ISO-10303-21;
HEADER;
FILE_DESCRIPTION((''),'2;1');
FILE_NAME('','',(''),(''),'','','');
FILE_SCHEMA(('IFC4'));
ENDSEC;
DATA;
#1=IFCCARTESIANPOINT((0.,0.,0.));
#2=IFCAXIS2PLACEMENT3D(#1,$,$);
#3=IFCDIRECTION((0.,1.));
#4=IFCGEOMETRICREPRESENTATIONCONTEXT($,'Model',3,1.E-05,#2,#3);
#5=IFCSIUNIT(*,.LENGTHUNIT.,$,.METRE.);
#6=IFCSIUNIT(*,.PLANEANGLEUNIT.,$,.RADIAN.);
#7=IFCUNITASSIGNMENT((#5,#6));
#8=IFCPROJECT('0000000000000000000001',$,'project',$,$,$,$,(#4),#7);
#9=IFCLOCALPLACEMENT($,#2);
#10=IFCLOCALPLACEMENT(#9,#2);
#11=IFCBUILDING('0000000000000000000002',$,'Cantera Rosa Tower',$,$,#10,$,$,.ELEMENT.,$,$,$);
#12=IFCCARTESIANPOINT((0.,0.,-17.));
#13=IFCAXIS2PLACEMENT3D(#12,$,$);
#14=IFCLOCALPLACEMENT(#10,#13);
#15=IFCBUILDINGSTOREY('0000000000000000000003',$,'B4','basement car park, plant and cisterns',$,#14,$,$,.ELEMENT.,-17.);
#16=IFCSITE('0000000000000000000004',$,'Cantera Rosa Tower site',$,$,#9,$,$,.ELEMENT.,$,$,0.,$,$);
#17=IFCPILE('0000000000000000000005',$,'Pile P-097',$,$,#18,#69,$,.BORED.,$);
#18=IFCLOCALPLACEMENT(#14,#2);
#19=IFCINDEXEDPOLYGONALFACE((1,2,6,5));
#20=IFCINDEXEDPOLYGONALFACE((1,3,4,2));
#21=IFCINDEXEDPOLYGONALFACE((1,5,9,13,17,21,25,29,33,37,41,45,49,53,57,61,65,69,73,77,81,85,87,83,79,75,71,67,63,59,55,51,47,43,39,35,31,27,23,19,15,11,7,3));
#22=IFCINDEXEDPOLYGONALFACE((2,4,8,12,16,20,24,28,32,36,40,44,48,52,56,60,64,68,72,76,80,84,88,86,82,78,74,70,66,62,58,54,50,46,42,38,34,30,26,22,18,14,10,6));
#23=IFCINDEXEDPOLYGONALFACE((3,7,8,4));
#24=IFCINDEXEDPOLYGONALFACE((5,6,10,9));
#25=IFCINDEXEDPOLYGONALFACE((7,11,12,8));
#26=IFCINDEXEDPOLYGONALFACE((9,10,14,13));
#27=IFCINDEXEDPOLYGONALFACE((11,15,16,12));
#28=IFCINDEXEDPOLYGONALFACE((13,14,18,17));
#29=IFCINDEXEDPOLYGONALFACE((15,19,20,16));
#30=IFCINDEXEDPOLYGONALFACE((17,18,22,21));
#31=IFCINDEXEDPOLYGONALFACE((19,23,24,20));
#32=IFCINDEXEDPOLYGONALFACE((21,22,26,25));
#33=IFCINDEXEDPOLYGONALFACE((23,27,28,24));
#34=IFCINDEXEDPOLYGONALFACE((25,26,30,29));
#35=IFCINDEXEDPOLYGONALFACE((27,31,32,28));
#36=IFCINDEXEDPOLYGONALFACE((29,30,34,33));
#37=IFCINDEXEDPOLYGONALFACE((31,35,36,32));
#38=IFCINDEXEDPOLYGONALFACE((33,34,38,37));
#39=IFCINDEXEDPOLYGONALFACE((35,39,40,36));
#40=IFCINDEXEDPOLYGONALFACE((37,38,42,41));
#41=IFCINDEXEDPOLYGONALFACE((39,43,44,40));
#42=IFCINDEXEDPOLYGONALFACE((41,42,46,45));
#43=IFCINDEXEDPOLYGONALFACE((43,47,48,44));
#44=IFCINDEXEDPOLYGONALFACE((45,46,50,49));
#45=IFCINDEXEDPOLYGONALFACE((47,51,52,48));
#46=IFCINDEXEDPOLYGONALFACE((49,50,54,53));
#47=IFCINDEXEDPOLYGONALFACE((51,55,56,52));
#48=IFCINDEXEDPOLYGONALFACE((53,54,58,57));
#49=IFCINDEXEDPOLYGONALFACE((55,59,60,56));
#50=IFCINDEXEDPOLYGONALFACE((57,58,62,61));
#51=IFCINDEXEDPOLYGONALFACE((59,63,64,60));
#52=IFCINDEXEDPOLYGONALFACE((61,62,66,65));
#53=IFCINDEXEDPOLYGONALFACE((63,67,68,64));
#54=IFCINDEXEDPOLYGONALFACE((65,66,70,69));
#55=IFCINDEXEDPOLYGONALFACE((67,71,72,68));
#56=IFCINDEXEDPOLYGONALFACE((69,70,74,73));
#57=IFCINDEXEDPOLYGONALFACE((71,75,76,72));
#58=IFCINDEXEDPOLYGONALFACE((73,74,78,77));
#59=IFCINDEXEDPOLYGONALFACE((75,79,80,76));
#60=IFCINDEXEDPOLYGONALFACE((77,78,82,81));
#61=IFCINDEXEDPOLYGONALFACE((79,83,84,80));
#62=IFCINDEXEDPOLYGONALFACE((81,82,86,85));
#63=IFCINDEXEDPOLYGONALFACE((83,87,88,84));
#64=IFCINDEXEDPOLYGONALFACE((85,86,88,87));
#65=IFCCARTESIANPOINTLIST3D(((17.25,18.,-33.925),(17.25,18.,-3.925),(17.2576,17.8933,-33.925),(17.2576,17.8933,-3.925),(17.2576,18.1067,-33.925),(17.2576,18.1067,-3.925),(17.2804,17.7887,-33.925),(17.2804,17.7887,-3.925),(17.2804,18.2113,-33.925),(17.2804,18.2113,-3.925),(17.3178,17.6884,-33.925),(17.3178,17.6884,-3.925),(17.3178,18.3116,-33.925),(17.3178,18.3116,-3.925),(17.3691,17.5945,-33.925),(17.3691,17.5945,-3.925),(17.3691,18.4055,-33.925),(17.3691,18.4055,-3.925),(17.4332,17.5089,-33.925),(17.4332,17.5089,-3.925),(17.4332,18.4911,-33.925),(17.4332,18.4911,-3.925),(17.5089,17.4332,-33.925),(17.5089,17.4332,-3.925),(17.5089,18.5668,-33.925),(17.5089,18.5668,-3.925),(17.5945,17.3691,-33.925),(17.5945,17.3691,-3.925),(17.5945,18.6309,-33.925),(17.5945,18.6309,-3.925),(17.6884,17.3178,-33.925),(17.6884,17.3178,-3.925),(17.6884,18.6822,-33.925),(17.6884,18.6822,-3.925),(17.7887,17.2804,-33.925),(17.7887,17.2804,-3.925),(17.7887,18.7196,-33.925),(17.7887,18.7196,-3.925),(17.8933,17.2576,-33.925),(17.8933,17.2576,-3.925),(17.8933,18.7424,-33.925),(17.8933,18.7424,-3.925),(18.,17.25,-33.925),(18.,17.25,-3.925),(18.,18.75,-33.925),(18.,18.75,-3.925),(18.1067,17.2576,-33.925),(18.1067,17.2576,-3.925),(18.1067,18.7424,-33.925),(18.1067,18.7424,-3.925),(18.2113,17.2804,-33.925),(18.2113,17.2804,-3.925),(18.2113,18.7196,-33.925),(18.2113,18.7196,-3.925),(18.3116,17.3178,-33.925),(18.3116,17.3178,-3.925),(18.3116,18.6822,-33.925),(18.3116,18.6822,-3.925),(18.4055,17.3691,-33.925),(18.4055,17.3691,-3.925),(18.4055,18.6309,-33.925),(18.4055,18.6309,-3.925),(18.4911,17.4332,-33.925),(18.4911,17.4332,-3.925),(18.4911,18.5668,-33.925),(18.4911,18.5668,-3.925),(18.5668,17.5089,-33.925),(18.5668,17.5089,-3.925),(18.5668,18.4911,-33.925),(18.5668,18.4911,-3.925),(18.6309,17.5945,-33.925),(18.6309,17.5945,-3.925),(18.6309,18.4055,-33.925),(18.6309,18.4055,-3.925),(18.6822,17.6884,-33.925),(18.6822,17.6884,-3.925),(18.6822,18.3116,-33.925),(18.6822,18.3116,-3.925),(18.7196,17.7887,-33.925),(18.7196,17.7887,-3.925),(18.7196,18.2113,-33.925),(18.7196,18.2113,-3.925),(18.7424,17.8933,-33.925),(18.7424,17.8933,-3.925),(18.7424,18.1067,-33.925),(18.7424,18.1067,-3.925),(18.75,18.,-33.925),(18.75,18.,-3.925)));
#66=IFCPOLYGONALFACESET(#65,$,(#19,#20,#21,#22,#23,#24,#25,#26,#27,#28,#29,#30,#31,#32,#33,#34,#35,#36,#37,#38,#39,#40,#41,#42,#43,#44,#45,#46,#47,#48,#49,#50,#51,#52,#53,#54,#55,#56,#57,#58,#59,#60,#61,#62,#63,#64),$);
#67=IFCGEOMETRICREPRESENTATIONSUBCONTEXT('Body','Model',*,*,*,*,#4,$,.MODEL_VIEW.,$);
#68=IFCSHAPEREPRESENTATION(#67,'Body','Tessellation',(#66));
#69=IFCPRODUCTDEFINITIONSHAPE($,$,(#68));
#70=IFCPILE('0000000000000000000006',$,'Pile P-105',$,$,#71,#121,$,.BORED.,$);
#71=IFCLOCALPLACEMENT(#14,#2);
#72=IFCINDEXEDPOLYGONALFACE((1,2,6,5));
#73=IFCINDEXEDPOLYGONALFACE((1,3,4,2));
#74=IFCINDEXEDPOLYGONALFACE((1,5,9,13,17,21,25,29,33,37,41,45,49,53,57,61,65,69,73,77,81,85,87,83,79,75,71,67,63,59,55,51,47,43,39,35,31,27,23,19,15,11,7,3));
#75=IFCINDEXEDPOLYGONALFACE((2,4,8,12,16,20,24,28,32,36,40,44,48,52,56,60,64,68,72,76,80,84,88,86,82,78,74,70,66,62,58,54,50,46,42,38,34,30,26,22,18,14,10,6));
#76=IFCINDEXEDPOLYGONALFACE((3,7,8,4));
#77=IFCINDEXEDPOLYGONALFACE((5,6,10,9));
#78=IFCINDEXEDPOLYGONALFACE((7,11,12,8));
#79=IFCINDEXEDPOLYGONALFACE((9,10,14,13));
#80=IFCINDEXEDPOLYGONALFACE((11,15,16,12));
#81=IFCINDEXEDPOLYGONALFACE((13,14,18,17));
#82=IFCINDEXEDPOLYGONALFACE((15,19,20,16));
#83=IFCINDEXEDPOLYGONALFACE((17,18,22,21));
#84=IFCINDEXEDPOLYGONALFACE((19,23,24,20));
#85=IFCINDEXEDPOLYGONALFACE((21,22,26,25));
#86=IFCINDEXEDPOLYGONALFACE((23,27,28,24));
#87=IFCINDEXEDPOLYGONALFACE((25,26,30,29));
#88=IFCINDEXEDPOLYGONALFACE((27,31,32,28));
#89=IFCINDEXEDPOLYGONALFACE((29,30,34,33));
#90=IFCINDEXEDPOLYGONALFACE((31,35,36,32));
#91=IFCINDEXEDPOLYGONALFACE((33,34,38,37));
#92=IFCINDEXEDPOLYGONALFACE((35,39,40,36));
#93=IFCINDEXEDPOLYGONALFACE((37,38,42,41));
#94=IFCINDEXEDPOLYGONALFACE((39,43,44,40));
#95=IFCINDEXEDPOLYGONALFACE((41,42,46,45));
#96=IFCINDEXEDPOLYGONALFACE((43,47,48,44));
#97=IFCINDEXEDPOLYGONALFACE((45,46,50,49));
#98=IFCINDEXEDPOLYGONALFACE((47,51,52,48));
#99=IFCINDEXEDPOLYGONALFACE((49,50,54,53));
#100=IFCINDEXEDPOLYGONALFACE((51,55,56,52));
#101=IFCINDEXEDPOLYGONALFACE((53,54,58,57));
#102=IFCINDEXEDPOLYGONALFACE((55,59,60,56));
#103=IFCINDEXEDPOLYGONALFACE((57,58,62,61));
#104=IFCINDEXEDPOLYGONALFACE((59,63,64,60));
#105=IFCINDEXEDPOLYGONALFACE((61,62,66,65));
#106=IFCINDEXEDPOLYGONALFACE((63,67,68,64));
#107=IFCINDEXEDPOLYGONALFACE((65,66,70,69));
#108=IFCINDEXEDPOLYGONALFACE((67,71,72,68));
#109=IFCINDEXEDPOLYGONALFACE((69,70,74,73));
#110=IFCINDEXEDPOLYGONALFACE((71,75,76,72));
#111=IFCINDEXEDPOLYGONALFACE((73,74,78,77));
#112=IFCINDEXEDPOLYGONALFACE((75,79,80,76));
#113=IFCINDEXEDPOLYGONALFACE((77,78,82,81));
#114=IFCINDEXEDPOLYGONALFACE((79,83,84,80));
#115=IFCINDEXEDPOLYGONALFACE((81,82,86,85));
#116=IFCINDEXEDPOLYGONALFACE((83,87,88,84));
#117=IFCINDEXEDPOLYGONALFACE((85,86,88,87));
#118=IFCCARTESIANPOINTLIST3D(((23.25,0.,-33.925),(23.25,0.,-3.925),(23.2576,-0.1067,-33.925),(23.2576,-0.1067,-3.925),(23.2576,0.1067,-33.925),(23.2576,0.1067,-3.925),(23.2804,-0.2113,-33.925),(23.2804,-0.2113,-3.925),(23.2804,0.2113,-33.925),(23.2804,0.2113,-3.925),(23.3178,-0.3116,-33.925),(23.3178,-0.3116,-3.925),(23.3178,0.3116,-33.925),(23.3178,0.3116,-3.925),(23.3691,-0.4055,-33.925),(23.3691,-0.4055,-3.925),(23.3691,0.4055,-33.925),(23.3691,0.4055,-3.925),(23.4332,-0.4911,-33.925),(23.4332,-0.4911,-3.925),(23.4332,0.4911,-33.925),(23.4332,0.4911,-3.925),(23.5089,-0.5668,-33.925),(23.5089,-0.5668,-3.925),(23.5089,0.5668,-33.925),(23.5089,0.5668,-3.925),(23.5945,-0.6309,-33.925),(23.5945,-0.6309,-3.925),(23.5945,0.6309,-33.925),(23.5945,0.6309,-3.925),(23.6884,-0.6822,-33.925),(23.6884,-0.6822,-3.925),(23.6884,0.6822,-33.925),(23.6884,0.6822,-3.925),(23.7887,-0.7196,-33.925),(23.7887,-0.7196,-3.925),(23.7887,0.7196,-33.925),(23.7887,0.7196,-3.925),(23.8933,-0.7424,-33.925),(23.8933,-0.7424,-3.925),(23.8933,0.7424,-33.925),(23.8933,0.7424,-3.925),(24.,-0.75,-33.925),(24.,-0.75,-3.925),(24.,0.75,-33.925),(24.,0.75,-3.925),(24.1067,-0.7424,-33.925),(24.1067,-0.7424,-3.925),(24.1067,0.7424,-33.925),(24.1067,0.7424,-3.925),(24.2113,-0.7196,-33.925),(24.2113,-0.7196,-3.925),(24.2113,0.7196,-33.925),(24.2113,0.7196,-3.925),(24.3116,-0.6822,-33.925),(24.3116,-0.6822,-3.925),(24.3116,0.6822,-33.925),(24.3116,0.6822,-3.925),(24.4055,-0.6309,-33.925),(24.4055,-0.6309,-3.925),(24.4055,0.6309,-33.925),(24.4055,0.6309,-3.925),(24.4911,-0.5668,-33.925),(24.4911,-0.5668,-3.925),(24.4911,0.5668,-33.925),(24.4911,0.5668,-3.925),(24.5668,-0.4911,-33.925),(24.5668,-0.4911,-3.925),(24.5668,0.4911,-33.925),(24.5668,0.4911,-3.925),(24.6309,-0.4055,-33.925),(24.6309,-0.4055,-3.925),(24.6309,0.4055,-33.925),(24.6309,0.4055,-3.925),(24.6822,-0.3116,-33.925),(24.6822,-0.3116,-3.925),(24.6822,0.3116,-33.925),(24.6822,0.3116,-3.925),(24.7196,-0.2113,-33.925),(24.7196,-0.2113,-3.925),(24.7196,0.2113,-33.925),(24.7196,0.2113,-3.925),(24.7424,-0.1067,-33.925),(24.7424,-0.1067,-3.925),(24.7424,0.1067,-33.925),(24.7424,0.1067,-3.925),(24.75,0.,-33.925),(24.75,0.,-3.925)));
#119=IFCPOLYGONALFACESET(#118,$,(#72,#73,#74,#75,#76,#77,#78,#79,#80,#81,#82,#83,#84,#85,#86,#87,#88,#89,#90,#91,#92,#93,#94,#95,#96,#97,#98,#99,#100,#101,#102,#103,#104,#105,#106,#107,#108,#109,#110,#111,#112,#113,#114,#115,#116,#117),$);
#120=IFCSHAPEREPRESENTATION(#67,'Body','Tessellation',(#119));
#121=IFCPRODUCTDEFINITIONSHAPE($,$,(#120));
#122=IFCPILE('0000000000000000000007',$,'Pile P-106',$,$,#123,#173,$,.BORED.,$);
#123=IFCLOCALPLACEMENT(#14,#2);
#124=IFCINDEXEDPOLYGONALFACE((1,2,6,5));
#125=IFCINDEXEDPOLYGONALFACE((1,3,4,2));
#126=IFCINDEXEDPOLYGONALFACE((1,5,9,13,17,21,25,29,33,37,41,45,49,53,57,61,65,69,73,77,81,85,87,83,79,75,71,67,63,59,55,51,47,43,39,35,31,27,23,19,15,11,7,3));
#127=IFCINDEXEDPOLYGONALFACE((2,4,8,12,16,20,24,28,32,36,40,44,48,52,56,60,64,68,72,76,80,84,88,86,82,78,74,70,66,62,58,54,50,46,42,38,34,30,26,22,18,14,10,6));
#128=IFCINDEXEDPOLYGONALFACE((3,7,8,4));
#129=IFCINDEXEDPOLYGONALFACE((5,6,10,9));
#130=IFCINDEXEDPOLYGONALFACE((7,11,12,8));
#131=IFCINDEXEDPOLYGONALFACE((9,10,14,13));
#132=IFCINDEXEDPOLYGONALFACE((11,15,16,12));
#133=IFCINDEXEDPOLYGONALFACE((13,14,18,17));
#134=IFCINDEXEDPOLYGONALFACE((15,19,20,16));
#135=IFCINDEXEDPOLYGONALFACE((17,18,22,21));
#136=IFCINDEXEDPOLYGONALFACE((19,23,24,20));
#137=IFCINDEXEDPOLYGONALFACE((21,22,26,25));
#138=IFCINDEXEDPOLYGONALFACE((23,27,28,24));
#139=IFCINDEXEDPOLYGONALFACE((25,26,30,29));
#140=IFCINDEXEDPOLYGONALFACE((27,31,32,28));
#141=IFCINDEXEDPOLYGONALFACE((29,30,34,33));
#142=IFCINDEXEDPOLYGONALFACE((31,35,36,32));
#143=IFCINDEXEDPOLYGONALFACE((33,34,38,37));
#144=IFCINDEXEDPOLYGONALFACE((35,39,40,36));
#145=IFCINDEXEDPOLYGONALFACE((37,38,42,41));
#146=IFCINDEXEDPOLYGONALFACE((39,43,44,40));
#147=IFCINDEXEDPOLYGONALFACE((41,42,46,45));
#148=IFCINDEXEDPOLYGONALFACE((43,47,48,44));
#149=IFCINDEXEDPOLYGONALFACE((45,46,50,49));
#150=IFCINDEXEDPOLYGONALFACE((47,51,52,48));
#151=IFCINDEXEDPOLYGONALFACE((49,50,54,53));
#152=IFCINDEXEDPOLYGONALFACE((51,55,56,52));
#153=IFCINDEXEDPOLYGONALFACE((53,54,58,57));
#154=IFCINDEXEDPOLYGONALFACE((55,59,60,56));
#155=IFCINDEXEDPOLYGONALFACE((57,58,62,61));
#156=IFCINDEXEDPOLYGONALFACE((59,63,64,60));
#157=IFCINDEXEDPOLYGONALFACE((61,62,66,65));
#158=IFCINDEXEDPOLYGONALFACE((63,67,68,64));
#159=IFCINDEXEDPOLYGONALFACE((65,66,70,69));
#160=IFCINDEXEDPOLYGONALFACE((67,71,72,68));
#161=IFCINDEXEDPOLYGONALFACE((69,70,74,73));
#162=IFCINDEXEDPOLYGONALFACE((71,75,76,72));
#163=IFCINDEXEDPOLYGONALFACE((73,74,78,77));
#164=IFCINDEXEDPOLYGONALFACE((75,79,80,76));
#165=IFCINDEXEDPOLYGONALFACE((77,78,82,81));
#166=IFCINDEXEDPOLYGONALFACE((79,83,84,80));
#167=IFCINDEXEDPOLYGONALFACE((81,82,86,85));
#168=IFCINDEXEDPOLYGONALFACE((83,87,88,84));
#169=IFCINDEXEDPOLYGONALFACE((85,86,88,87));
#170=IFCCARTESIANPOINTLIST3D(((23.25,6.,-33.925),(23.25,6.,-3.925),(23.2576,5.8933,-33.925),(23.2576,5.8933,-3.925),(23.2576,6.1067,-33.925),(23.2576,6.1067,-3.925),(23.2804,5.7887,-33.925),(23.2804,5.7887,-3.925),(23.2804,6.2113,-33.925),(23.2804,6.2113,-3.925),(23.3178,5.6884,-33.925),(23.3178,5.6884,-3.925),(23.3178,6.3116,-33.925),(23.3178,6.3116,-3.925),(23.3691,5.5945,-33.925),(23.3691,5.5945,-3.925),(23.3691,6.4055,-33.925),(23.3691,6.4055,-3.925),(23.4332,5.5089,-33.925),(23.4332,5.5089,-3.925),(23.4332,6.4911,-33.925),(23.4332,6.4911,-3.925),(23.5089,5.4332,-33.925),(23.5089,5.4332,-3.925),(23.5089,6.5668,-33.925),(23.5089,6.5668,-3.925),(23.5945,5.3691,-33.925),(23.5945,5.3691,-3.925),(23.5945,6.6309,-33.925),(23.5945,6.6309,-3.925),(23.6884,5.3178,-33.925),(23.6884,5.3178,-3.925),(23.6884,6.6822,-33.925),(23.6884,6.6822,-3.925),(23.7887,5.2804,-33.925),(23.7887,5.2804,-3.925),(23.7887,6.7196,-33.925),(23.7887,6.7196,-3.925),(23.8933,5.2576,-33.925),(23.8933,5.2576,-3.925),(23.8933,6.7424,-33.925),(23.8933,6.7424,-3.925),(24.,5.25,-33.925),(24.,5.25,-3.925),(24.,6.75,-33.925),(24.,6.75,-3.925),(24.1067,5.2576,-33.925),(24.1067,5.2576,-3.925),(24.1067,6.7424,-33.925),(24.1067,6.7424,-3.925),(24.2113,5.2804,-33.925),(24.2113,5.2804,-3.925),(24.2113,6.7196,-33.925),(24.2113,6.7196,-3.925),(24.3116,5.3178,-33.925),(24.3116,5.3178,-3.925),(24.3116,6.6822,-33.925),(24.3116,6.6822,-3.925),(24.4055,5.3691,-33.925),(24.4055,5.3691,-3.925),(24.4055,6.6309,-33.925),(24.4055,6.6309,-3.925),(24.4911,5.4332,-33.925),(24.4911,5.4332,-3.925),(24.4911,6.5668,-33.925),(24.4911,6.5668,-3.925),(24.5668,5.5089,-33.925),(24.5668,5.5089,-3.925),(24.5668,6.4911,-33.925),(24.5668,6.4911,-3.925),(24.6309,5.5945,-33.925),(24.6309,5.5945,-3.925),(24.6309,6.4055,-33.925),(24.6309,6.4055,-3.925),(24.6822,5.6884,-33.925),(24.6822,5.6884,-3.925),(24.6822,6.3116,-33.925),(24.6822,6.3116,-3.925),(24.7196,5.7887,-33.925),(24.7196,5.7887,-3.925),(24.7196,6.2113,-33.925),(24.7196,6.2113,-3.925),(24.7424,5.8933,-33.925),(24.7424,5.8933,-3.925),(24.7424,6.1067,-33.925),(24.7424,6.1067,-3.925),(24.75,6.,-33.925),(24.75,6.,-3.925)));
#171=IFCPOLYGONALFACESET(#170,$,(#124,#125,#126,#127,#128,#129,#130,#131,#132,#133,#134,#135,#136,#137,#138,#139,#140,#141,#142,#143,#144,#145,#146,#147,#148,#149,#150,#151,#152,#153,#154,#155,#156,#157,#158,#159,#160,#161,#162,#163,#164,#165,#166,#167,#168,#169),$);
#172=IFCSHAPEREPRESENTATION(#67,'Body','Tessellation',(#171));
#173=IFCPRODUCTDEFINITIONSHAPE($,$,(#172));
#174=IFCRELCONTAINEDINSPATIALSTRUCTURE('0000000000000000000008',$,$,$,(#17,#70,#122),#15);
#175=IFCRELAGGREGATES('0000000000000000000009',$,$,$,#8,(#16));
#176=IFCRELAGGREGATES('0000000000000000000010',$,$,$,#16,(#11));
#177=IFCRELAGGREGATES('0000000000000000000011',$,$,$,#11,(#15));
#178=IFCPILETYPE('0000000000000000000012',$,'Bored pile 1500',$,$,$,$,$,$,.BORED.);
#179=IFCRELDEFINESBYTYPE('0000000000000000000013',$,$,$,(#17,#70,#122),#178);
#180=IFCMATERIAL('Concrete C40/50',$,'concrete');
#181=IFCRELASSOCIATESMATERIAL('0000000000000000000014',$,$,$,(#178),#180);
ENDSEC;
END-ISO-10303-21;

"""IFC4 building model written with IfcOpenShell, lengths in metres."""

from ifc_helpers import new_model, si_unit, direction, frame, origin, origin_2d, place, context, subcontext, project, spatial, circle, extrude, material, material_profile, profile_set, type_object, element, save


model = new_model("IFC4")

# Units and contexts
model_context = context("Model", 3, precision=1e-05, world=origin(), true_north=direction((0.0, 1.0)))
body_context = subcontext(model_context, "Body", "Model", "MODEL_VIEW")
ifc_project = project(units=[si_unit("LENGTHUNIT", "METRE"), si_unit("PLANEANGLEUNIT", "RADIAN")], contexts=[model_context])

# Site, building, storey
site_placement = place(None, origin())
site = spatial("IfcSite", under=ifc_project, at=site_placement, Name="Cantera Rosa Tower site", CompositionType="ELEMENT", RefElevation=0.0)
building_placement = place(site_placement, origin())
building = spatial("IfcBuilding", under=site, at=building_placement, Name="Cantera Rosa Tower", CompositionType="ELEMENT")
storey_placement = place(building_placement, frame((0.0, 0.0, -17.0)))
storey = spatial("IfcBuildingStorey", under=building, at=storey_placement, Name="B4", Description="basement car park, plant and cisterns", CompositionType="ELEMENT", Elevation=-17.0)

# Piles
ifc_material_1 = material(Name="Concrete C40/50", Category="concrete")
ifc_material_profile_1 = material_profile(ifc_material_1, circle(Radius=0.75, at=origin_2d()), Name="Bored pile 1500")
ifc_profile_set_1 = profile_set([ifc_material_profile_1], Name="Concrete C40/50")
pile_type = type_object("IfcPileType", Name="Bored pile 1500", PredefinedType="BORED", material=ifc_profile_set_1)
for number, where, z_axis, x_axis, name in (
    (1, (18.0, 18.0, -3.925), (0.0, 0.0, -1.0), (1.0, 0.0, 0.0), "Pile P-097"),
    (2, (24.0, 0.0, -3.925), (0.0, 0.0, -1.0), (1.0, 0.0, 0.0), "Pile P-105"),
    (3, (24.0, 6.0, -3.925), (0.0, 0.0, -1.0), (1.0, 0.0, 0.0), "Pile P-106"),
):
    element("IfcPile", number, at=place(storey_placement, frame(where, z_axis=z_axis, x_axis=x_axis)), inside=storey, type_object=pile_type, Name=name, PredefinedType="BORED", context=body_context, shape_type="SweptSolid", body=[
        extrude(circle(Radius=0.75, at=origin_2d()), origin(), (0.0, 0.0, 1.0), 30.0),
    ])

save(model, "model.ifc")
